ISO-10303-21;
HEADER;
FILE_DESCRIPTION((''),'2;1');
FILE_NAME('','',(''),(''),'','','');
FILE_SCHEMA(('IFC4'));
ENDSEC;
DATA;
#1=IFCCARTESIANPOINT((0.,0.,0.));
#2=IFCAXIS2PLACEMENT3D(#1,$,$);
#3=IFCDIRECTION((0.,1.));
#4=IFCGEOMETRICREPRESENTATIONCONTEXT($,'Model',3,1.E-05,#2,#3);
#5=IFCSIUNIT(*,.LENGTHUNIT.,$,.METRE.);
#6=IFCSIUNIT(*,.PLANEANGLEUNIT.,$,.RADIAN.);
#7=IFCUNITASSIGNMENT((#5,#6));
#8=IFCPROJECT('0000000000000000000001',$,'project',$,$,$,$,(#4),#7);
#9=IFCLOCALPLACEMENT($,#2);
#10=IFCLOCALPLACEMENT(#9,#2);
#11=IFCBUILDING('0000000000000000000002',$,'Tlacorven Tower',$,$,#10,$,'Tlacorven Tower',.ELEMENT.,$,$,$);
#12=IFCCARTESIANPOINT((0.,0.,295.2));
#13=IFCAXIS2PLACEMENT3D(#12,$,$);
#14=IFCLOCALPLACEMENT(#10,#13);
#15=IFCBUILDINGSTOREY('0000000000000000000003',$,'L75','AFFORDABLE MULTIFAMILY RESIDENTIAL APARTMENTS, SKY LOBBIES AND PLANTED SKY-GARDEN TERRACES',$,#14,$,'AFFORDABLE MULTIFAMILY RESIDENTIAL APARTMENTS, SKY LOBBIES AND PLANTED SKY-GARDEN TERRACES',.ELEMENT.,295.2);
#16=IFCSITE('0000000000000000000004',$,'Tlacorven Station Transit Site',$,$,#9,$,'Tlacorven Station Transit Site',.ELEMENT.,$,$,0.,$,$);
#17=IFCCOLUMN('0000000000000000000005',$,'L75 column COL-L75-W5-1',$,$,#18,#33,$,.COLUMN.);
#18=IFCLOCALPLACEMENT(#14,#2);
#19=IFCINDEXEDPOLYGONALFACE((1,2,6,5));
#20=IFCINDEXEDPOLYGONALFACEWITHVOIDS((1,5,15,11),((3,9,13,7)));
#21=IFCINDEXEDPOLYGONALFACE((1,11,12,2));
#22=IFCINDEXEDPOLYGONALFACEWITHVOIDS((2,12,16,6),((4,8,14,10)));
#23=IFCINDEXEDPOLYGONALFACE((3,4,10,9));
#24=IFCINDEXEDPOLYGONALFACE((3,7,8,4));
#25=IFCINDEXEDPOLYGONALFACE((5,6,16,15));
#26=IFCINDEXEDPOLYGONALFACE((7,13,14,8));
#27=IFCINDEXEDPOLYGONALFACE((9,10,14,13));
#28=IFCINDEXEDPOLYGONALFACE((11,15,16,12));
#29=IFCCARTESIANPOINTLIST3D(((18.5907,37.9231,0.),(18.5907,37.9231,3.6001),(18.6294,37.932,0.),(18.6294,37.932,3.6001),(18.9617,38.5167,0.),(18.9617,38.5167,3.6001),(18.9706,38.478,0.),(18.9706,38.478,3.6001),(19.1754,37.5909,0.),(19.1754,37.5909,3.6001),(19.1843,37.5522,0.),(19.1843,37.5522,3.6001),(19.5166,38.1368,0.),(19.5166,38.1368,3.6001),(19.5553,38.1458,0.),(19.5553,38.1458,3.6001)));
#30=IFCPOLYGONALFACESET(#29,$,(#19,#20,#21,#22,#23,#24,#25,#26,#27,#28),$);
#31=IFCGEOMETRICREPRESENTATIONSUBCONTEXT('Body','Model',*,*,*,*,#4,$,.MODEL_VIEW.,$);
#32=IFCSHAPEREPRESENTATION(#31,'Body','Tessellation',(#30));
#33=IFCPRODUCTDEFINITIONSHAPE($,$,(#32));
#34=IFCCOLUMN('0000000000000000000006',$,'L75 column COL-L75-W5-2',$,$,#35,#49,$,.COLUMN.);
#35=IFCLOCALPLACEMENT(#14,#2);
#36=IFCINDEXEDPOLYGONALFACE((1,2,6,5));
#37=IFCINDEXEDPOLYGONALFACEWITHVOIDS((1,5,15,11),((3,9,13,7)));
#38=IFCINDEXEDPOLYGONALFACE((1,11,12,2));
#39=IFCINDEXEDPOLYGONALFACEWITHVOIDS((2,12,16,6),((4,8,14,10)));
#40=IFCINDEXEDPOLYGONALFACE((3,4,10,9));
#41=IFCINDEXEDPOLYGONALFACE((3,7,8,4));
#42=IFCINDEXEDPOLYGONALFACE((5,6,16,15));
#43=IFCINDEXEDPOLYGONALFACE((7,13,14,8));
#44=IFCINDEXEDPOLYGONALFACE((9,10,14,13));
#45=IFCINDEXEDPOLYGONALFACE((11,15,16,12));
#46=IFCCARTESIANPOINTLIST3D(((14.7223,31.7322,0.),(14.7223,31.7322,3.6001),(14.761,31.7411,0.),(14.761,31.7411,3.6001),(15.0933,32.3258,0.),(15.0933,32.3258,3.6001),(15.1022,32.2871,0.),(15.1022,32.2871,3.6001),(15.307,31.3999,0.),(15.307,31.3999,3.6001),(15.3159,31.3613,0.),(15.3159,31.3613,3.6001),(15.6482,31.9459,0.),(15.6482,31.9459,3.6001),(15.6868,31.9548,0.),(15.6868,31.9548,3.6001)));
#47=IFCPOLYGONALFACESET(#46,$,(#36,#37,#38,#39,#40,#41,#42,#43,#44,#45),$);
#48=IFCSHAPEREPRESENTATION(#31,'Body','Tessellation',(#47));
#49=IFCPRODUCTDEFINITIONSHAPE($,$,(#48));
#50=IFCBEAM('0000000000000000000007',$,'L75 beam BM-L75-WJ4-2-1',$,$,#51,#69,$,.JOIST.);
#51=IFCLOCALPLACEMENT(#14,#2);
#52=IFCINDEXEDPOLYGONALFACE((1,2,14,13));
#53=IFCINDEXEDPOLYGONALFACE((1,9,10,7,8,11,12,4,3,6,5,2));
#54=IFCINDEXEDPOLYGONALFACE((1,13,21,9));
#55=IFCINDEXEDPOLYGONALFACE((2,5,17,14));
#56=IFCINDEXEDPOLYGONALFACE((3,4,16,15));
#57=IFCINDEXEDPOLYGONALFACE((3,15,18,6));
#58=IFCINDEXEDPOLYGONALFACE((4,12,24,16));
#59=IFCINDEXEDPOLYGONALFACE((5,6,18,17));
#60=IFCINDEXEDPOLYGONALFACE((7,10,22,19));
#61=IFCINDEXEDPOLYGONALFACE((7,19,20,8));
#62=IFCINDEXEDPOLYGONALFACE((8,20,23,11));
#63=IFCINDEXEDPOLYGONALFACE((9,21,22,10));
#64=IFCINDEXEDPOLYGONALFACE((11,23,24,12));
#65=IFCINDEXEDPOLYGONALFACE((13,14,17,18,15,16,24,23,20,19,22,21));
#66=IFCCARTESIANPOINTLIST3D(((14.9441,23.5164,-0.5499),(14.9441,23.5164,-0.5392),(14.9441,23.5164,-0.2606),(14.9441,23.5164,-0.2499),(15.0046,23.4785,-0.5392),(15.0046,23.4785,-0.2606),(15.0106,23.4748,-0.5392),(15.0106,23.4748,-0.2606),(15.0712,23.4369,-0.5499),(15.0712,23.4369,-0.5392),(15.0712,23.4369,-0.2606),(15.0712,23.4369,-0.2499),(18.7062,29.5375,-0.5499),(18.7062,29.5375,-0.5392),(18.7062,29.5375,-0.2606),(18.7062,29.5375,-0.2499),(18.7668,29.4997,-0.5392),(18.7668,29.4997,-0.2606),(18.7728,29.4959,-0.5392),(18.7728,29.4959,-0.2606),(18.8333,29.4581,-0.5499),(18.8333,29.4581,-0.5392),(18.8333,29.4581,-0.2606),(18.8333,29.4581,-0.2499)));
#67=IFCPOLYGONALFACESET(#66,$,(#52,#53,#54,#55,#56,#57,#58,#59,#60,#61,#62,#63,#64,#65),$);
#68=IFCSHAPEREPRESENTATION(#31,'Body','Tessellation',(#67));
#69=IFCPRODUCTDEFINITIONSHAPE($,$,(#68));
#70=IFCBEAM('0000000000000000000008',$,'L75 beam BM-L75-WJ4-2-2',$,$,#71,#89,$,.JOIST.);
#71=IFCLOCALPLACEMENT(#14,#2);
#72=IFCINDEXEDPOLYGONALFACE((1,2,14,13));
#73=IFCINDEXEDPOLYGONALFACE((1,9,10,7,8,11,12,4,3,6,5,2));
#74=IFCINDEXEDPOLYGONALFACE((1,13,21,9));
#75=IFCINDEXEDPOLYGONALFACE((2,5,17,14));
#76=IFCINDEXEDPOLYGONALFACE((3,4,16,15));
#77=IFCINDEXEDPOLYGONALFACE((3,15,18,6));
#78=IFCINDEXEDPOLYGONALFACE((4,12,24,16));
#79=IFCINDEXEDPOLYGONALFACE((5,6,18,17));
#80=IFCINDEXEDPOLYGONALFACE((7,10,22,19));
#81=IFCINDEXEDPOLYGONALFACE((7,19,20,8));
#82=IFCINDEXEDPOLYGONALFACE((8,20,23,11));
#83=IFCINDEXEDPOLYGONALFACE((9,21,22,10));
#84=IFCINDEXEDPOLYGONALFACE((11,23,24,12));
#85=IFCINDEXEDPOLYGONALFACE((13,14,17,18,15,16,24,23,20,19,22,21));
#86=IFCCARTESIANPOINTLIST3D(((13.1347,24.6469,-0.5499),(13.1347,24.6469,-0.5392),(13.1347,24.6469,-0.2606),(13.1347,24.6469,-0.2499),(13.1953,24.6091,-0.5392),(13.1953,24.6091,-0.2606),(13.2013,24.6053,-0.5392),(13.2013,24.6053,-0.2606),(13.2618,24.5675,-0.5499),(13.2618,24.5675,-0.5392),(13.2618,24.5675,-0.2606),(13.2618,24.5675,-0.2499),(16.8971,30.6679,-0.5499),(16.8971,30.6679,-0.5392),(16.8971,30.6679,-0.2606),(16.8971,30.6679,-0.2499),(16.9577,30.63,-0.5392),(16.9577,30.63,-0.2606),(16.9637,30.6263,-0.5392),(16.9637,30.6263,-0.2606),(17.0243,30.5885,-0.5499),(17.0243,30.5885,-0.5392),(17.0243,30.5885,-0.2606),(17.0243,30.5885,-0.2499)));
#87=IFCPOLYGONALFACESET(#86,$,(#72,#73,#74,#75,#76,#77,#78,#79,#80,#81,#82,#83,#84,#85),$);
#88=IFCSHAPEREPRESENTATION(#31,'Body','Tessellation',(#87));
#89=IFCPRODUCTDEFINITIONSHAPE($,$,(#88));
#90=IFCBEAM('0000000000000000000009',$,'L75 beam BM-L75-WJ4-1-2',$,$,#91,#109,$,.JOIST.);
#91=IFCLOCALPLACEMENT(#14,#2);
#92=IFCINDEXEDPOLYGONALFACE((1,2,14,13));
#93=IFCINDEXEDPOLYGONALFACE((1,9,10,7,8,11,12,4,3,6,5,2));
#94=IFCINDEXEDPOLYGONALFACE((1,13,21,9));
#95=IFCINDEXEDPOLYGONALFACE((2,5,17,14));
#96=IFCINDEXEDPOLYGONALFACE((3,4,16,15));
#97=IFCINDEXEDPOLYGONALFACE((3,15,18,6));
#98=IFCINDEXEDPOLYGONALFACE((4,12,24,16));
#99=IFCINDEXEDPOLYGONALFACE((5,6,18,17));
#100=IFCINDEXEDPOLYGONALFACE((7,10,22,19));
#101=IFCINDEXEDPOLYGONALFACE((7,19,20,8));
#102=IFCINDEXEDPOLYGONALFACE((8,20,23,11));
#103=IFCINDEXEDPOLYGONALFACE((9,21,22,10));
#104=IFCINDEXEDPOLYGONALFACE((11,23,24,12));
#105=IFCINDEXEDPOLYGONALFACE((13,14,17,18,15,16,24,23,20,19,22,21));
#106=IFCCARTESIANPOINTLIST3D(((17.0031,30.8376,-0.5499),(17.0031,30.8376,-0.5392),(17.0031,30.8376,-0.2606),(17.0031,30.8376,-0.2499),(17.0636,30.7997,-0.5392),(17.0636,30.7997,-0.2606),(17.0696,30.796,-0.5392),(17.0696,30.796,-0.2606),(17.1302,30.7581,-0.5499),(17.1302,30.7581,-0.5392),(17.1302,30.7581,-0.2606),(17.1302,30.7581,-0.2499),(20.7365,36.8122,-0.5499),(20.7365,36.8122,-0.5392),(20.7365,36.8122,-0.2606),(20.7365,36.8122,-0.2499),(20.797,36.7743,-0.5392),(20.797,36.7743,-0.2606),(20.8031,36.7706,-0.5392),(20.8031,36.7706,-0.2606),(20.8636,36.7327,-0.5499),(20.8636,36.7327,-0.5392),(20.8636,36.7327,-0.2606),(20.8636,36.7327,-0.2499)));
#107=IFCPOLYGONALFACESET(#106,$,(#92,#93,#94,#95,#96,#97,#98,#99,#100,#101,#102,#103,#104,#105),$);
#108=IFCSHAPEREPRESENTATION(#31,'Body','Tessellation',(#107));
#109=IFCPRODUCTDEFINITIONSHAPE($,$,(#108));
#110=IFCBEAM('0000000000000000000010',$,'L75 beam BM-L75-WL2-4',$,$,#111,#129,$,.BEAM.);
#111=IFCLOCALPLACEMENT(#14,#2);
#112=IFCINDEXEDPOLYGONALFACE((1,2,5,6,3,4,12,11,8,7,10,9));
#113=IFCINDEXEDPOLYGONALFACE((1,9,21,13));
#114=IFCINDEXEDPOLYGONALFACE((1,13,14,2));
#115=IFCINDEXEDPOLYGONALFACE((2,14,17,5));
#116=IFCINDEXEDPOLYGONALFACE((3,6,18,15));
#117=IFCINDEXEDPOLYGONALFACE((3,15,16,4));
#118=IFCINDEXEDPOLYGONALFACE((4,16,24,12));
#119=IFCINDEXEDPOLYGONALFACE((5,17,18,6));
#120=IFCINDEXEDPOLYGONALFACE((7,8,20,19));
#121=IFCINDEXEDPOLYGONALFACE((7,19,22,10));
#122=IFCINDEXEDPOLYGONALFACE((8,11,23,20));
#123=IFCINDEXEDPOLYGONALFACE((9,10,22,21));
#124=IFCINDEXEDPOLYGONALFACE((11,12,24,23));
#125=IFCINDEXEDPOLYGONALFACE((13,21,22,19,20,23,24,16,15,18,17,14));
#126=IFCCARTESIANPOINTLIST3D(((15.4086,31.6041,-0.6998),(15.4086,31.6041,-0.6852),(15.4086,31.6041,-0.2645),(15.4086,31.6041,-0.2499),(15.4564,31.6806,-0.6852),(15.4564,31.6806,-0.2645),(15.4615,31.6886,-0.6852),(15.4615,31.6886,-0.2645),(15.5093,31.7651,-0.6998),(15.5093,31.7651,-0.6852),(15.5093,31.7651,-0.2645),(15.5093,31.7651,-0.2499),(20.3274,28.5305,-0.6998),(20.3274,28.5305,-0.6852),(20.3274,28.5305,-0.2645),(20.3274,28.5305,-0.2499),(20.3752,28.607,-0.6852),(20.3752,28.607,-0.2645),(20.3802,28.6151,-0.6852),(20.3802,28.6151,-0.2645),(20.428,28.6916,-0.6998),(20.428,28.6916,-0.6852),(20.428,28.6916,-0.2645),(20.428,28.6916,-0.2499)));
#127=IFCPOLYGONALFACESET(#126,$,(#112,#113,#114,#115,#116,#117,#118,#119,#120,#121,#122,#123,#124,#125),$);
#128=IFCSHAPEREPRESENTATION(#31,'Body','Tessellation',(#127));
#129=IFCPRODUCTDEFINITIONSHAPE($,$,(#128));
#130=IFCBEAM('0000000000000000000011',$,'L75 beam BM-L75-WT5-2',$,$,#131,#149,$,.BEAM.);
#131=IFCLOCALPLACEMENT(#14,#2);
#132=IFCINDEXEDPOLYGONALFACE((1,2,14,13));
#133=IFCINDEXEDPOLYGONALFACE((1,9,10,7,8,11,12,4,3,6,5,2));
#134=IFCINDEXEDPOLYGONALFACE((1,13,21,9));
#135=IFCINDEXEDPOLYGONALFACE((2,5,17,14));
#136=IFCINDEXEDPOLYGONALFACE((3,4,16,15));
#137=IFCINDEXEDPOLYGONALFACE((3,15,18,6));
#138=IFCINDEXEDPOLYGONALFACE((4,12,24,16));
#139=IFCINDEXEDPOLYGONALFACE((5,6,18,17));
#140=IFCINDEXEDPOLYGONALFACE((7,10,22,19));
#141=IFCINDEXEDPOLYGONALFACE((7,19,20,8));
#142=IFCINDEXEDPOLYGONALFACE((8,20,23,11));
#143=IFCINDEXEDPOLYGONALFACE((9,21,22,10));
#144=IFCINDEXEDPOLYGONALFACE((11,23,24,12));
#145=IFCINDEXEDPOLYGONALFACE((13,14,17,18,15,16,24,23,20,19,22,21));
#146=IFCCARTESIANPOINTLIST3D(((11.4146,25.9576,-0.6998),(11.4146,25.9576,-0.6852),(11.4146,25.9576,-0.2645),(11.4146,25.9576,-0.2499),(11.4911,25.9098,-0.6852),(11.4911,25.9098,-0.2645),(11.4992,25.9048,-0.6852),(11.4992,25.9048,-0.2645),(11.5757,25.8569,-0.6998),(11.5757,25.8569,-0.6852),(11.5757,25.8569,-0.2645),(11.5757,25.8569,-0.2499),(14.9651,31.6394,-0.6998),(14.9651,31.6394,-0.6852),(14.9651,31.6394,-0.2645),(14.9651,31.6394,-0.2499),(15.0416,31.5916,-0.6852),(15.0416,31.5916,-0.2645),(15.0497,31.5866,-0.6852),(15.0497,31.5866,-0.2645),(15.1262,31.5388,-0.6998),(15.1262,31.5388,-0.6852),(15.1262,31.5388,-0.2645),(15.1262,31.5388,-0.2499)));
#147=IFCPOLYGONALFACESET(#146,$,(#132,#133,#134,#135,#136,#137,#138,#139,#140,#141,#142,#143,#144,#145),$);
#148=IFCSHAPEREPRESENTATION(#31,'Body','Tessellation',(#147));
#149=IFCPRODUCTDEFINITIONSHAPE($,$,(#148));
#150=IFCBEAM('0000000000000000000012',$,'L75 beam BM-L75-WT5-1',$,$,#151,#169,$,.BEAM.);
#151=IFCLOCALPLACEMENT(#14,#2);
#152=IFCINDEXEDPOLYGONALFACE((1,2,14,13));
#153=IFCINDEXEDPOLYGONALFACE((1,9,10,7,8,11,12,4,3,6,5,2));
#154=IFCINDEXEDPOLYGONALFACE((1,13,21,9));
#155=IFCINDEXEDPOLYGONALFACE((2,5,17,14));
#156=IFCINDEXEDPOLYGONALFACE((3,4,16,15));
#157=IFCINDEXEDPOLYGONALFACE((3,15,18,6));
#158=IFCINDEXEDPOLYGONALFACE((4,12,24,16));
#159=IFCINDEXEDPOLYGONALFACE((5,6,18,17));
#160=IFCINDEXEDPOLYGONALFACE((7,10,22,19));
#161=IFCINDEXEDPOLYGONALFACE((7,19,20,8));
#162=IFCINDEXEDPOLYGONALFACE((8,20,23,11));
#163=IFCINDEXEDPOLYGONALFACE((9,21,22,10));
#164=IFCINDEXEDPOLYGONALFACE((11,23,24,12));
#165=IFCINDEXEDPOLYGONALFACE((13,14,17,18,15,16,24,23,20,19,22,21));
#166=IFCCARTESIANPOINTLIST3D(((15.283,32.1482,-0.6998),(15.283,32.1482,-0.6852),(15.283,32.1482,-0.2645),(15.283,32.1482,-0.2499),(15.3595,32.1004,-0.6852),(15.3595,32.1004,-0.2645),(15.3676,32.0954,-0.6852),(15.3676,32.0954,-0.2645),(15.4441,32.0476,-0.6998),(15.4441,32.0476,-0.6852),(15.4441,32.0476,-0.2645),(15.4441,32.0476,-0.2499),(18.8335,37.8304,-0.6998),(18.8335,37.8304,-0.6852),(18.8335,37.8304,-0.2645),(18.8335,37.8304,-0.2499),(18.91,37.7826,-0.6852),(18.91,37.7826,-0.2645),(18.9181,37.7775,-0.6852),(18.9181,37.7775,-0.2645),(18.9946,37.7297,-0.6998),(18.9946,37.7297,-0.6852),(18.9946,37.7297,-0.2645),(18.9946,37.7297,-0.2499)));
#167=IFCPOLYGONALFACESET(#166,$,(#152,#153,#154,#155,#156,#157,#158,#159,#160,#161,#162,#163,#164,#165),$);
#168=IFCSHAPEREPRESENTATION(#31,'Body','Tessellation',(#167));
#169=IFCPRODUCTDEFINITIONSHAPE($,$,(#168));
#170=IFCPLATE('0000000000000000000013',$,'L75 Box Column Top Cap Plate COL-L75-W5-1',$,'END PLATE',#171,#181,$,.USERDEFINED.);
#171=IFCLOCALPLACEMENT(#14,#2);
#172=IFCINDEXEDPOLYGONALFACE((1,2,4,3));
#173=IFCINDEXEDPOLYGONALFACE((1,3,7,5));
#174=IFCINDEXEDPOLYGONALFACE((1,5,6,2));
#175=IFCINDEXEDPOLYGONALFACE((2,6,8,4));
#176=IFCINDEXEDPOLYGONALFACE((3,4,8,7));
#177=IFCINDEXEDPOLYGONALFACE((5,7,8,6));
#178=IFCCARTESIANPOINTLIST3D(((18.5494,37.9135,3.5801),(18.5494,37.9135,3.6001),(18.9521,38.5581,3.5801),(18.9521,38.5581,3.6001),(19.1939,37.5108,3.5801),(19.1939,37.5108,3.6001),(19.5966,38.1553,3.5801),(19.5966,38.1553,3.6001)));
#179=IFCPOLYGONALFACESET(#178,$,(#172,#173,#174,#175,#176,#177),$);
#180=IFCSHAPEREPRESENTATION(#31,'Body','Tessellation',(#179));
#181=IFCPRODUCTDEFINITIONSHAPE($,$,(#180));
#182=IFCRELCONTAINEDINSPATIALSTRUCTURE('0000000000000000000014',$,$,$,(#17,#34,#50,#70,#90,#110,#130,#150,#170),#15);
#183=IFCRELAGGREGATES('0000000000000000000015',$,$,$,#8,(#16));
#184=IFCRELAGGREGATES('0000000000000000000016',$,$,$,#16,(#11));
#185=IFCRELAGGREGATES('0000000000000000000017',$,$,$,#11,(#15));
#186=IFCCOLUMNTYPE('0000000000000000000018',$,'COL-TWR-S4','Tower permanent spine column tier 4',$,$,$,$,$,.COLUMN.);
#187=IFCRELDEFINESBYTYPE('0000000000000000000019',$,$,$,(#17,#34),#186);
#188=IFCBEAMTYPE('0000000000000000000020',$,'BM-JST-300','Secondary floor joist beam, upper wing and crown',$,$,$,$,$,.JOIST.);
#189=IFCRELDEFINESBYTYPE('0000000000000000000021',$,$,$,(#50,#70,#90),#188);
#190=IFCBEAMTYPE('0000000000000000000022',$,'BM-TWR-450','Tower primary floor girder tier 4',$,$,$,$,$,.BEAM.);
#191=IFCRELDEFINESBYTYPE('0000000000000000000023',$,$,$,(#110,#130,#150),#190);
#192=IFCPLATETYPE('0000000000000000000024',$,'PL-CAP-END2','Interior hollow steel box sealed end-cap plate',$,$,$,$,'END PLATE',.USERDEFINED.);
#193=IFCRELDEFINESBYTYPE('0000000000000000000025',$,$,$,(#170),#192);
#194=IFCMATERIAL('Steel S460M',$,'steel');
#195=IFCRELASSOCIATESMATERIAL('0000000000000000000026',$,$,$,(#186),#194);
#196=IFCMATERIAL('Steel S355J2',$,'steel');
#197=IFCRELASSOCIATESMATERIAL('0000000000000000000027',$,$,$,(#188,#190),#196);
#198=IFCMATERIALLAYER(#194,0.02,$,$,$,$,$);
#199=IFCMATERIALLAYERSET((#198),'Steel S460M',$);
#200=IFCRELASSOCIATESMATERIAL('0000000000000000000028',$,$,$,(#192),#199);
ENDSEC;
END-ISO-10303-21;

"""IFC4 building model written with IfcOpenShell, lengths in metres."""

from ifc_helpers import new_model, si_unit, direction, frame, origin, origin_2d, place, context, subcontext, project, spatial, rectangle, hollow_rectangle, i_section, extrude, source, transform, mapped, material, layer, layer_set, material_profile, profile_set, type_object, element, save


model = new_model("IFC4")

# Units and contexts
model_context = context("Model", 3, precision=1e-05, world=origin(), true_north=direction((0.0, 1.0)))
body_context = subcontext(model_context, "Body", "Model", "MODEL_VIEW")
ifc_project = project(units=[si_unit("LENGTHUNIT", "METRE"), si_unit("PLANEANGLEUNIT", "RADIAN")], contexts=[model_context])

# Site, building, storey
site_placement = place(None, origin())
site = spatial("IfcSite", under=ifc_project, at=site_placement, Name="Tlacorven Station Transit Site", LongName="Tlacorven Station Transit Site", CompositionType="ELEMENT", RefElevation=0.0)
building_placement = place(site_placement, origin())
building = spatial("IfcBuilding", under=site, at=building_placement, Name="Tlacorven Tower", LongName="Tlacorven Tower", CompositionType="ELEMENT")
storey_placement = place(building_placement, frame((0.0, 0.0, 295.2)))
storey = spatial("IfcBuildingStorey", under=building, at=storey_placement, Name="L75", Description="AFFORDABLE MULTIFAMILY RESIDENTIAL APARTMENTS, SKY LOBBIES AND PLANTED SKY-GARDEN TERRACES", LongName="AFFORDABLE MULTIFAMILY RESIDENTIAL APARTMENTS, SKY LOBBIES AND PLANTED SKY-GARDEN TERRACES", CompositionType="ELEMENT", Elevation=295.2)

# Columns
ifc_material_1 = material(Name="Steel S460M", Category="steel")
ifc_material_profile_1 = material_profile(ifc_material_1, hollow_rectangle(XDim=0.7, YDim=0.7, WallThickness=0.0281, at=origin_2d()), Name="BOX 700X700X28")
ifc_profile_set_1 = profile_set([ifc_material_profile_1], Name="Steel S460M")
column_type = type_object("IfcColumnType", Name="COL-TWR-S4", Description="Tower permanent spine column tier 4", PredefinedType="COLUMN", material=ifc_profile_set_1)
shared_shape_1 = source(origin(), body_context, "Body", "SweptSolid", [
    extrude(hollow_rectangle(XDim=0.7, YDim=0.7, WallThickness=0.0281, at=origin_2d()), origin(), (0.0, 0.0, 1.0), 3.6001),
])
for number, where, z_axis, x_axis, name in (
    (1, (19.073, 38.0344, 0.0), (0.0, 0.0, 1.0), (-0.848048, 0.529919, 0.0), "L75 column COL-L75-W5-1"),
    (2, (15.2046, 31.8435, 0.0), (0.0, 0.0, 1.0), (-0.848048, 0.529919, 0.0), "L75 column COL-L75-W5-2"),
):
    element("IfcColumn", number, at=place(storey_placement, frame(where, z_axis=z_axis, x_axis=x_axis)), inside=storey, type_object=column_type, Name=name, PredefinedType="COLUMN", context=body_context, shape_type="MappedRepresentation", body=[
        mapped(shared_shape_1, transform((0.0, 0.0, 0.0), scale=1.0)),
    ])

# Beams
ifc_material_2 = material(Name="Steel S355J2", Category="steel")
ifc_material_profile_2 = material_profile(ifc_material_2, i_section(OverallWidth=0.1499, OverallDepth=0.3, WebThickness=0.0071, FlangeThickness=0.0107, at=origin_2d()), Name="IPE 300")
ifc_profile_set_2 = profile_set([ifc_material_profile_2], Name="Steel S355J2")
beam_type_1 = type_object("IfcBeamType", Name="BM-JST-300", Description="Secondary floor joist beam, upper wing and crown", PredefinedType="JOIST", material=ifc_profile_set_2)
shared_shape_2 = source(origin(), body_context, "Body", "SweptSolid", [
    extrude(i_section(OverallWidth=0.1499, OverallDepth=0.3, WebThickness=0.0071, FlangeThickness=0.0107, at=origin_2d()), origin(), (0.0, 0.0, 1.0), 7.0999),
])
for number, where, z_axis, x_axis, name in (
    (3, (18.7698, 29.4978, -0.3999), (-0.529891, -0.848066, 0.0), (0.848066, -0.529891, 0.0), "L75 beam BM-L75-WJ4-2-1"),
    (4, (16.9607, 30.6282, -0.3999), (-0.529931, -0.848041, 0.0), (0.848041, -0.529931, 0.0), "L75 beam BM-L75-WJ4-2-2"),
):
    element("IfcBeam", number, at=place(storey_placement, frame(where, z_axis=z_axis, x_axis=x_axis)), inside=storey, type_object=beam_type_1, Name=name, PredefinedType="JOIST", context=body_context, shape_type="MappedRepresentation", body=[
        mapped(shared_shape_2, transform((0.0, 0.0, 0.0), scale=1.0)),
    ])
shared_shape_3 = source(origin(), body_context, "Body", "SweptSolid", [
    extrude(i_section(OverallWidth=0.1499, OverallDepth=0.3, WebThickness=0.0071, FlangeThickness=0.0107, at=origin_2d()), origin(), (0.0, 0.0, 1.0), 7.0452),
])
beam_1_placement = place(storey_placement, frame((20.8, 36.7725, -0.3999), z_axis=(-0.529924, -0.848045, 0.0), x_axis=(0.848045, -0.529924, 0.0)))
element("IfcBeam", 5, at=beam_1_placement, inside=storey, type_object=beam_type_1, Name="L75 beam BM-L75-WJ4-1-2", PredefinedType="JOIST", context=body_context, shape_type="MappedRepresentation", body=[
    mapped(shared_shape_3, transform((0.0, 0.0, 0.0), scale=1.0)),
])
ifc_material_profile_3 = material_profile(ifc_material_2, i_section(OverallWidth=0.1899, OverallDepth=0.45, WebThickness=0.0095, FlangeThickness=0.0146, at=origin_2d()), Name="IPE 450")
ifc_profile_set_3 = profile_set([ifc_material_profile_3], Name="Steel S355J2")
beam_type_2 = type_object("IfcBeamType", Name="BM-TWR-450", Description="Tower primary floor girder tier 4", PredefinedType="BEAM", material=ifc_profile_set_3)
shared_shape_4 = source(origin(), body_context, "Body", "SweptSolid", [
    extrude(i_section(OverallWidth=0.1899, OverallDepth=0.45, WebThickness=0.0095, FlangeThickness=0.0146, at=origin_2d()), origin(), (0.0, 0.0, 1.0), 5.8),
])
beam_2_placement = place(storey_placement, frame((20.3777, 28.6111, -0.4749), z_axis=(-0.848053, 0.529912, 0.0), x_axis=(-0.529912, -0.848053, 0.0)))
element("IfcBeam", 6, at=beam_2_placement, inside=storey, type_object=beam_type_2, Name="L75 beam BM-L75-WL2-4", PredefinedType="BEAM", context=body_context, shape_type="MappedRepresentation", body=[
    mapped(shared_shape_4, transform((0.0, 0.0, 0.0), scale=1.0)),
])
shared_shape_5 = source(origin(), body_context, "Body", "SweptSolid", [
    extrude(i_section(OverallWidth=0.1899, OverallDepth=0.45, WebThickness=0.0095, FlangeThickness=0.0146, at=origin_2d()), origin(), (0.0, 0.0, 1.0), 6.7),
])
beam_3_placement = place(storey_placement, frame((15.0457, 31.5891, -0.4749), z_axis=(-0.52993, -0.848041, 0.0), x_axis=(0.848041, -0.52993, 0.0)))
element("IfcBeam", 7, at=beam_3_placement, inside=storey, type_object=beam_type_2, Name="L75 beam BM-L75-WT5-2", PredefinedType="BEAM", context=body_context, shape_type="MappedRepresentation", body=[
    mapped(shared_shape_5, transform((0.0, 0.0, 0.0), scale=1.0)),
])
shared_shape_6 = source(origin(), body_context, "Body", "SweptSolid", [
    extrude(i_section(OverallWidth=0.1899, OverallDepth=0.45, WebThickness=0.0095, FlangeThickness=0.0146, at=origin_2d()), origin(), (0.0, 0.0, 1.0), 6.7002),
])
beam_4_placement = place(storey_placement, frame((18.9141, 37.78, -0.4749), z_axis=(-0.529914, -0.848052, 0.0), x_axis=(0.848052, -0.529914, 0.0)))
element("IfcBeam", 8, at=beam_4_placement, inside=storey, type_object=beam_type_2, Name="L75 beam BM-L75-WT5-1", PredefinedType="BEAM", context=body_context, shape_type="MappedRepresentation", body=[
    mapped(shared_shape_6, transform((0.0, 0.0, 0.0), scale=1.0)),
])

# Plate
ifc_layer_1 = layer(ifc_material_1, 0.02)
ifc_layer_set_1 = layer_set([ifc_layer_1], Name="Steel S460M")
plate_type_1 = type_object("IfcPlateType", Name="PL-CAP-END2", Description="Interior hollow steel box sealed end-cap plate", ElementType="END PLATE", PredefinedType="USERDEFINED", material=ifc_layer_set_1)
shared_shape_7 = source(origin(), body_context, "Body", "SweptSolid", [
    extrude(rectangle(XDim=0.76, YDim=0.76, at=origin_2d()), origin(), (0.0, 0.0, 1.0), 0.02),
])
for number, where, z_axis, x_axis, name in (
    (9, (19.073, 38.0344, 3.5801), (0.0, 0.0, 1.0), (-0.848048, 0.529919, 0.0), "L75 Box Column Top Cap Plate COL-L75-W5-1"),
):
    element("IfcPlate", number, at=place(storey_placement, frame(where, z_axis=z_axis, x_axis=x_axis)), inside=storey, type_object=plate_type_1, Name=name, ObjectType="END PLATE", PredefinedType="USERDEFINED", context=body_context, shape_type="MappedRepresentation", body=[
        mapped(shared_shape_7, transform((0.0, 0.0, 0.0), scale=1.0)),
    ])

save(model, "model.ifc")
